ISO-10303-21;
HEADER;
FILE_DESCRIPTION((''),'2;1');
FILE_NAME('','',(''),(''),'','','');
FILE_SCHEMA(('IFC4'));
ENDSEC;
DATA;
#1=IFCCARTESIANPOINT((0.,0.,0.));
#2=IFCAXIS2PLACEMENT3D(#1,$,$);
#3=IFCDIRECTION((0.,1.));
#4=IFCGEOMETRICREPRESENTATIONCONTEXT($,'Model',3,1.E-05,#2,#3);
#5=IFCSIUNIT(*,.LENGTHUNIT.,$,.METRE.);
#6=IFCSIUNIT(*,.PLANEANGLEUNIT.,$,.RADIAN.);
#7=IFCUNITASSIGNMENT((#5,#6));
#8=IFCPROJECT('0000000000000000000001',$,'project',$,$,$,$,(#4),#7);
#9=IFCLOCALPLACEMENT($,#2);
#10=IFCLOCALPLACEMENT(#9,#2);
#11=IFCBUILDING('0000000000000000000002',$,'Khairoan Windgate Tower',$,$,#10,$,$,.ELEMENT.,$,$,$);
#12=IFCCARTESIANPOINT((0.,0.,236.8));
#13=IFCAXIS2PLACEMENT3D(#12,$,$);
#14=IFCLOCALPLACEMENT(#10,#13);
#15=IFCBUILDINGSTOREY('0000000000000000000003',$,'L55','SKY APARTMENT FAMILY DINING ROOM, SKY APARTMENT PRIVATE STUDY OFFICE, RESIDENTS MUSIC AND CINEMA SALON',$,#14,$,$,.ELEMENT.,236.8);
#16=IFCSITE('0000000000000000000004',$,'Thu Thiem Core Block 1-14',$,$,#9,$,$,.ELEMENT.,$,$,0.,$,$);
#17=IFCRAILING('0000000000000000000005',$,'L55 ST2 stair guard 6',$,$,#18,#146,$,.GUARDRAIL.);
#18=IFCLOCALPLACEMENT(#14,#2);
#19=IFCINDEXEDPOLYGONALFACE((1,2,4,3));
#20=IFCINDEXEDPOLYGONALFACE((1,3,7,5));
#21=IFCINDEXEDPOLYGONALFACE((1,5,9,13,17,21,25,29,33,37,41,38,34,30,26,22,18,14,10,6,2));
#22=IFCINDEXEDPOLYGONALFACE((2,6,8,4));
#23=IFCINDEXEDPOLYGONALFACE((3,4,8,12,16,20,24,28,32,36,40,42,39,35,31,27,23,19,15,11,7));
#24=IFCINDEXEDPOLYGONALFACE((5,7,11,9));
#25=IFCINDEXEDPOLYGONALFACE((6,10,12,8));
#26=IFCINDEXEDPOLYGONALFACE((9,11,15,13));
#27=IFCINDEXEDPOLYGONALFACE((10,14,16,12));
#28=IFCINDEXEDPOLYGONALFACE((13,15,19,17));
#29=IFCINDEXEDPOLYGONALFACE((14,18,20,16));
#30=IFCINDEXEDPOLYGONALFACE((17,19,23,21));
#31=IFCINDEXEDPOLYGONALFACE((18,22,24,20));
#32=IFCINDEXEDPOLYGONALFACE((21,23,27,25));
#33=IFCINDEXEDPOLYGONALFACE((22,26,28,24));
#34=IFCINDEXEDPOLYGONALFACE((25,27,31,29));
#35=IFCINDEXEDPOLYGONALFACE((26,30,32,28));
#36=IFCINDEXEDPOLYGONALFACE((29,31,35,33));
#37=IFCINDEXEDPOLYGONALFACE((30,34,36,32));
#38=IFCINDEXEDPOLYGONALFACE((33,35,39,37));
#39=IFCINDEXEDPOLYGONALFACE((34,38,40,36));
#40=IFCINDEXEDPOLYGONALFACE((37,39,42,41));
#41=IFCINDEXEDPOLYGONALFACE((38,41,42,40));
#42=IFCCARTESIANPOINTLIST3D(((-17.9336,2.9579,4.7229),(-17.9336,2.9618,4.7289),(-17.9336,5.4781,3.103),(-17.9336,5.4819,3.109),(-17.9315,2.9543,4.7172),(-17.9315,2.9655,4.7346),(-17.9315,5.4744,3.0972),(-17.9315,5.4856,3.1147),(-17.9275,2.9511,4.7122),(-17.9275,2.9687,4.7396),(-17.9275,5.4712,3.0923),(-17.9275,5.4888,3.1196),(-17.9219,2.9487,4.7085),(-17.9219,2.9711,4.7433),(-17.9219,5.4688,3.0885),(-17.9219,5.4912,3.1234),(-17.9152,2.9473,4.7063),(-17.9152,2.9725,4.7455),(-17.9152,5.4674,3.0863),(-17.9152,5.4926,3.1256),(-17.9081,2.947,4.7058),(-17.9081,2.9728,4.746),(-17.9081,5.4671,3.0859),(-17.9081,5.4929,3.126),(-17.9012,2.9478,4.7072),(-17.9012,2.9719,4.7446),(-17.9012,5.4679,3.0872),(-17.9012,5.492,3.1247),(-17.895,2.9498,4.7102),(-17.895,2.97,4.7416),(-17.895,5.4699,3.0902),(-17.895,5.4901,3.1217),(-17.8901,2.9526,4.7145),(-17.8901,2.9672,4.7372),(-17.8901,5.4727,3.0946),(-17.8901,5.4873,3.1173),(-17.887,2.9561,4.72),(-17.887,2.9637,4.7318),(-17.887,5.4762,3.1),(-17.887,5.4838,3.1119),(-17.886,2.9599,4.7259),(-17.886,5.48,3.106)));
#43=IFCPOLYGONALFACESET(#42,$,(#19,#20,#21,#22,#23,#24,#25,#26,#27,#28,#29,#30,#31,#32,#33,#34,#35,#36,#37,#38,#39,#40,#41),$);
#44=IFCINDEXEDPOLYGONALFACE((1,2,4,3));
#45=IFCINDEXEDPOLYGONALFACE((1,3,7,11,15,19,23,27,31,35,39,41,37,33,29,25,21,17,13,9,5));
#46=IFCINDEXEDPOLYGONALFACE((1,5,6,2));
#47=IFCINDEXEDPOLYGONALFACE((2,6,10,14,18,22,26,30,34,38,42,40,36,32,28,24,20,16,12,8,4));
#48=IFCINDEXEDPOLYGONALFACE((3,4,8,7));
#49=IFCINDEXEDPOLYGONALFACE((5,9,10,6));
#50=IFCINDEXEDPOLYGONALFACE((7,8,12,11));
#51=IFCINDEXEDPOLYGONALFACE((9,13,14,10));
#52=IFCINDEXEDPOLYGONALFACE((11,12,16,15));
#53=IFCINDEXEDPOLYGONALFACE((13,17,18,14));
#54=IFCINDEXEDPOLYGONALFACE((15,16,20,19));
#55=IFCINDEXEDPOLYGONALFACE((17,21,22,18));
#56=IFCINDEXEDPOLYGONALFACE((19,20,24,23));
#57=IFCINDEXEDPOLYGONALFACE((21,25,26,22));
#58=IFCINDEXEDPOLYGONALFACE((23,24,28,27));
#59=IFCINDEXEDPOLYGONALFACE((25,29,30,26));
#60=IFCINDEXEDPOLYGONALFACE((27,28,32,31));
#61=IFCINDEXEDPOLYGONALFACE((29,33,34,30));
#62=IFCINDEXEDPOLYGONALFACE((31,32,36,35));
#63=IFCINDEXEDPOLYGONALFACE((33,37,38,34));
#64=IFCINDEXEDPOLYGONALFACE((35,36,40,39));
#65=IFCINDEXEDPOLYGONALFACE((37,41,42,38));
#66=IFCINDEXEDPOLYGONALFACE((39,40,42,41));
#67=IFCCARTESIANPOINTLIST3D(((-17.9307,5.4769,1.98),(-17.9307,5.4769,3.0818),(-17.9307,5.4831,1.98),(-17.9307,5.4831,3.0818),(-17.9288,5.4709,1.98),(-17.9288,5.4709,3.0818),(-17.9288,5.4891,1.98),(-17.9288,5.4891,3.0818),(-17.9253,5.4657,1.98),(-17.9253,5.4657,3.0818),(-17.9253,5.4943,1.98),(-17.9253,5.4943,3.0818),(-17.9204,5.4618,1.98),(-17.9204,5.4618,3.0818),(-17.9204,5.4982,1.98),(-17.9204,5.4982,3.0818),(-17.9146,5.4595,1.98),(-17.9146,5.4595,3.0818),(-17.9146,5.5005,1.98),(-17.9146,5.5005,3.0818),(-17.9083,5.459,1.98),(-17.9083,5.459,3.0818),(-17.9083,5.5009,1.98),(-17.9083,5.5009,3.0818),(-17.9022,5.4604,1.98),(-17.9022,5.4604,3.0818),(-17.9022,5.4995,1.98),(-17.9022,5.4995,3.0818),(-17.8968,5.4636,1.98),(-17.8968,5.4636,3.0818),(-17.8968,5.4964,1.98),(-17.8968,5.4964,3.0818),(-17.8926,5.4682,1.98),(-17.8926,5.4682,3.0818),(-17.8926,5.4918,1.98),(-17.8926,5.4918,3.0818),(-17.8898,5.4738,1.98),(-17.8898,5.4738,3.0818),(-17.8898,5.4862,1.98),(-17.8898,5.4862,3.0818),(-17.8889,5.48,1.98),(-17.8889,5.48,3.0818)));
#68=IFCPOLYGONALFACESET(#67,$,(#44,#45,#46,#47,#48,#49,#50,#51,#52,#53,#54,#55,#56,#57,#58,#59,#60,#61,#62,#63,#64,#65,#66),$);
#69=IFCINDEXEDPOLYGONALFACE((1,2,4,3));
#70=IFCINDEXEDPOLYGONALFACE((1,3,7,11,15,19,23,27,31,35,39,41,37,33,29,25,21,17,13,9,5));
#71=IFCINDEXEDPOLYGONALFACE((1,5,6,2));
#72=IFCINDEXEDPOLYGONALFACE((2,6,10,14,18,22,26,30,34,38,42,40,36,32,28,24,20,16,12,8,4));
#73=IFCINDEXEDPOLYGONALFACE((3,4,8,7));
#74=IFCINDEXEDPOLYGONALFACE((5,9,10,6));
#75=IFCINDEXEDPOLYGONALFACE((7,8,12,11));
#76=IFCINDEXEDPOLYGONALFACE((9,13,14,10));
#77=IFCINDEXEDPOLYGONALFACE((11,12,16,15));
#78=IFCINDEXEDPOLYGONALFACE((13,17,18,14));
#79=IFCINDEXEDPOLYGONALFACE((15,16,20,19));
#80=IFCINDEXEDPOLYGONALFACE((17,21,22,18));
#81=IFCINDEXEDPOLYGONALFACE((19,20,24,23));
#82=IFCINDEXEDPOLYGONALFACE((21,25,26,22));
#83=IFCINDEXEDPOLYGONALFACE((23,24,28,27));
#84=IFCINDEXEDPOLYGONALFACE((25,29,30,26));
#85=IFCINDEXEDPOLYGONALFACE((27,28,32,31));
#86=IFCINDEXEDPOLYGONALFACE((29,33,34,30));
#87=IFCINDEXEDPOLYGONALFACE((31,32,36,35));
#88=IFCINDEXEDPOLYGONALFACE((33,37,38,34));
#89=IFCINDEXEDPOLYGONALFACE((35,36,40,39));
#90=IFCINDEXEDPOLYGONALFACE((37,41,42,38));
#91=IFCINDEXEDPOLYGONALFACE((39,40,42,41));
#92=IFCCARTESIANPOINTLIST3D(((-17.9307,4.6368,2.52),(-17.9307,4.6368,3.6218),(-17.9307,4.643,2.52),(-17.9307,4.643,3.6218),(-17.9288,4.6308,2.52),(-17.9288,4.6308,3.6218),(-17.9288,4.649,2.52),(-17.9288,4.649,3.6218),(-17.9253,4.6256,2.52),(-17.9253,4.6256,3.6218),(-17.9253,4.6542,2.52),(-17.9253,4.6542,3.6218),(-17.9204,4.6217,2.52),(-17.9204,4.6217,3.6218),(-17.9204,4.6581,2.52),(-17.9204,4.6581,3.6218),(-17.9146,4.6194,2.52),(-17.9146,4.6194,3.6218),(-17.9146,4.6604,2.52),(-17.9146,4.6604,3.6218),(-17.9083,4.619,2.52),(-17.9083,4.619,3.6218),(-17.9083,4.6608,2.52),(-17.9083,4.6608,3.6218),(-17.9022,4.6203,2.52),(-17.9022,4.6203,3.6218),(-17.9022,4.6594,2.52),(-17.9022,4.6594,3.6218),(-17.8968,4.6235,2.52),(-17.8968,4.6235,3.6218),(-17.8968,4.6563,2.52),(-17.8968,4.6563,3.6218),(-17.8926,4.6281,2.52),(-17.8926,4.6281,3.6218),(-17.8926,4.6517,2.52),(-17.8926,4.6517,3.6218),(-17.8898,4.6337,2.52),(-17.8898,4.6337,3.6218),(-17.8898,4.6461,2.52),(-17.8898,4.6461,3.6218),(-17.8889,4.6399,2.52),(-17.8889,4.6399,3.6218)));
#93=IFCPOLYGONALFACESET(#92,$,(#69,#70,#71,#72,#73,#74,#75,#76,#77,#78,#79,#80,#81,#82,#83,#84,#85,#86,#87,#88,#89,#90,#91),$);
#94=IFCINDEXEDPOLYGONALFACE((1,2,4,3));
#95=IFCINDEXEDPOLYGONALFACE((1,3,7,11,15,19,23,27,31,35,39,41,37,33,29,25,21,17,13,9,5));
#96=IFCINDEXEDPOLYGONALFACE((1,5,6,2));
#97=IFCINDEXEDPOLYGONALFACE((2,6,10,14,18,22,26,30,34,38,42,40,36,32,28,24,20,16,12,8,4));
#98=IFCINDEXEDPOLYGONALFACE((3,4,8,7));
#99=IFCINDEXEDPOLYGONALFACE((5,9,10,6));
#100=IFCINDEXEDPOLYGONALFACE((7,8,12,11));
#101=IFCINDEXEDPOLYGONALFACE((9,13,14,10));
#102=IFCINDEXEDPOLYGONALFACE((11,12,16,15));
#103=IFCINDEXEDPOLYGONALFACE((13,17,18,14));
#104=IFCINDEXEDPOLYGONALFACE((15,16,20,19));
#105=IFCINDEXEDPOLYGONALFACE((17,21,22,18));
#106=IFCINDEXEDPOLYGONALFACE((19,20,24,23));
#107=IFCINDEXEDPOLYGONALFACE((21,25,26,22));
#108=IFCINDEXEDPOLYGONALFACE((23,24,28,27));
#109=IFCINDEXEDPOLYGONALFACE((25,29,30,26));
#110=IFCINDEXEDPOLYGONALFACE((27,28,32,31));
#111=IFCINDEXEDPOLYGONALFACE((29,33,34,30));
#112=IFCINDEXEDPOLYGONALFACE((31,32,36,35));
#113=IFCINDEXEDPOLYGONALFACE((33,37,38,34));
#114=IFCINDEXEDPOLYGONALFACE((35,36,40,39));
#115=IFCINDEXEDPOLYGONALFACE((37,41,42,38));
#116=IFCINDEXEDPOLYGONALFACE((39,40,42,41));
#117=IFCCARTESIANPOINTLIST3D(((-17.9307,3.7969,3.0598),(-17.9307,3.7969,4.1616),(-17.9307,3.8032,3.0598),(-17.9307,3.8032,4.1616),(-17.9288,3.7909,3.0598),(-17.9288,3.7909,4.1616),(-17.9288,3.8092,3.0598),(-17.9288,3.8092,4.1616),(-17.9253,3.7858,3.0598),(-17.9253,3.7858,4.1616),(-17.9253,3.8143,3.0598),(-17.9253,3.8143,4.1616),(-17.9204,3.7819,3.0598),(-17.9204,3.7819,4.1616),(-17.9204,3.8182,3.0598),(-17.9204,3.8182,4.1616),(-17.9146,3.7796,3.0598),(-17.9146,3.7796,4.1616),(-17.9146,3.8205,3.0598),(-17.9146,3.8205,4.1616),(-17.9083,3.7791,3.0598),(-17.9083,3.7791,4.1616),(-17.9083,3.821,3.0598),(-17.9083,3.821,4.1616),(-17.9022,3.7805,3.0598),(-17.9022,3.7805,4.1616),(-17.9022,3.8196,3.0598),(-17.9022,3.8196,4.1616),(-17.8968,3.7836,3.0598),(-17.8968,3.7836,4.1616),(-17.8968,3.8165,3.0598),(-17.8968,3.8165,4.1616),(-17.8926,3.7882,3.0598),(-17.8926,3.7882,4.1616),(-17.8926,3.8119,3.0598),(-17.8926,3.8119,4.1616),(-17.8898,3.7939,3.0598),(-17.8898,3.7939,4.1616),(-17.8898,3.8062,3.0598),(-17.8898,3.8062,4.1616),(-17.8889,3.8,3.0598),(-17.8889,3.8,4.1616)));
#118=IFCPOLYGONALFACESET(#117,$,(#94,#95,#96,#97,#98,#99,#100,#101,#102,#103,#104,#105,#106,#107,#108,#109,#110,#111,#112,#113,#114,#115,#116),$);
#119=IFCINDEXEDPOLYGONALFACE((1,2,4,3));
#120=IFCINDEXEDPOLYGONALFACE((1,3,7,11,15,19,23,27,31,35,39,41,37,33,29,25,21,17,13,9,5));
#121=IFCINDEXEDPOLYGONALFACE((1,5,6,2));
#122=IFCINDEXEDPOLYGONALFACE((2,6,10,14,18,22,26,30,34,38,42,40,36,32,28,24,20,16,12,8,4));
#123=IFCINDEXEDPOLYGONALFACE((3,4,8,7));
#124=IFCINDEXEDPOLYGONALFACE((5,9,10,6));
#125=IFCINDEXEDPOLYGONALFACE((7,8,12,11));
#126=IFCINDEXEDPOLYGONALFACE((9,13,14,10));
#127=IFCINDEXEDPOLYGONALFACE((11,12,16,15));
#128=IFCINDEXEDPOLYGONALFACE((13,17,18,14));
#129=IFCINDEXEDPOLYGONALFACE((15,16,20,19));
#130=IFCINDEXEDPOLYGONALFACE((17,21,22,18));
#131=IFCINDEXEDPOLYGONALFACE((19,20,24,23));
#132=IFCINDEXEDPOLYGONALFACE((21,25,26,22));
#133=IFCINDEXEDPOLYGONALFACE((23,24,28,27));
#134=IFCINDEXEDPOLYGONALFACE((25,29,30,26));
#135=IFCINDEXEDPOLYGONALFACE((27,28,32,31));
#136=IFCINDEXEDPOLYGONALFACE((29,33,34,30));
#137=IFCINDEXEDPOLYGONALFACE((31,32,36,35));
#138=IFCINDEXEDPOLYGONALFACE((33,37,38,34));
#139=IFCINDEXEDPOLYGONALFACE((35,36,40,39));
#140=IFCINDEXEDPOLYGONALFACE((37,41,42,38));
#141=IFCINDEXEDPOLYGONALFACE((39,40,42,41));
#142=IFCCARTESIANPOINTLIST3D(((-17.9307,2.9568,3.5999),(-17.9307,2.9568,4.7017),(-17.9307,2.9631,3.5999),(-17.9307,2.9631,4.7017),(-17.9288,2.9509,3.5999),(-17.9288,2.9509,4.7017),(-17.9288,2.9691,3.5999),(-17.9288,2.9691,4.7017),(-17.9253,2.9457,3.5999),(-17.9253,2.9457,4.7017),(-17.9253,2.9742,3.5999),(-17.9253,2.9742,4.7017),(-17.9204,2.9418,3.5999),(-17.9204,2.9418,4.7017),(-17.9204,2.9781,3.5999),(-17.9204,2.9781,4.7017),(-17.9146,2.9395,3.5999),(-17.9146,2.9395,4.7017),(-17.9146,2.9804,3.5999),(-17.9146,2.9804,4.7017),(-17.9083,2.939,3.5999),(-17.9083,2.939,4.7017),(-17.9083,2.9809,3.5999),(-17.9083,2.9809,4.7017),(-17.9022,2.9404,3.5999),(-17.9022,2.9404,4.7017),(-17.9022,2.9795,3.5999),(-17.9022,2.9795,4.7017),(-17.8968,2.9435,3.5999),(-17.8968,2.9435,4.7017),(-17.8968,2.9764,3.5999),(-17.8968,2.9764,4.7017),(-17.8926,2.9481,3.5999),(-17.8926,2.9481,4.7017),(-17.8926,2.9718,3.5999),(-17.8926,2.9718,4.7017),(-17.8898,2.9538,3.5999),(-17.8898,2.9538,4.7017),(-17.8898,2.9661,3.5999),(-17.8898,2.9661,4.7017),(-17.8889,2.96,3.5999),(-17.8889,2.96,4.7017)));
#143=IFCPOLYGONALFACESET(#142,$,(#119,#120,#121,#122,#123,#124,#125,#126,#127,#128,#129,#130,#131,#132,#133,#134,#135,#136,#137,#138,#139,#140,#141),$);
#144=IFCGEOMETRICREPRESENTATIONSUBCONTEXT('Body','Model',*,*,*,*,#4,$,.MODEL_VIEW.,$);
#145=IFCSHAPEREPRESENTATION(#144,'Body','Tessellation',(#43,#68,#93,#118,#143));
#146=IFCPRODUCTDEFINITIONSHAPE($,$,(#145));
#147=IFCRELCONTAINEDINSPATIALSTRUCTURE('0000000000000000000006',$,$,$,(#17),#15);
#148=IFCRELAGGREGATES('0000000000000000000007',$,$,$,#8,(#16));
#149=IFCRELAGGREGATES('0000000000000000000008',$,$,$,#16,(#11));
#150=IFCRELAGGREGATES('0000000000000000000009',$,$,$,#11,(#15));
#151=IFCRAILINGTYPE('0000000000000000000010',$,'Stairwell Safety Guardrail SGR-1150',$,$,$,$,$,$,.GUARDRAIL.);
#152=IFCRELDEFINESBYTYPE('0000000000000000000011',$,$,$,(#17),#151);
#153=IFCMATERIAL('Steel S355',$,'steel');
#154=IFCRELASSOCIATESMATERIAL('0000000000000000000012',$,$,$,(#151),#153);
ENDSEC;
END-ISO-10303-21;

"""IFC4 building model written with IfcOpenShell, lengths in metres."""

from ifc_helpers import new_model, si_unit, direction, frame, origin, origin_2d, place, context, subcontext, project, spatial, circle, extrude, material, type_object, element, save


model = new_model("IFC4")

# Units and contexts
model_context = context("Model", 3, precision=1e-05, world=origin(), true_north=direction((0.0, 1.0)))
body_context = subcontext(model_context, "Body", "Model", "MODEL_VIEW")
ifc_project = project(units=[si_unit("LENGTHUNIT", "METRE"), si_unit("PLANEANGLEUNIT", "RADIAN")], contexts=[model_context])

# Site, building, storey
site_placement = place(None, origin())
site = spatial("IfcSite", under=ifc_project, at=site_placement, Name="Thu Thiem Core Block 1-14", CompositionType="ELEMENT", RefElevation=0.0)
building_placement = place(site_placement, origin())
building = spatial("IfcBuilding", under=site, at=building_placement, Name="Khairoan Windgate Tower", CompositionType="ELEMENT")
storey_placement = place(building_placement, frame((0.0, 0.0, 236.8)))
storey = spatial("IfcBuildingStorey", under=building, at=storey_placement, Name="L55", Description="SKY APARTMENT FAMILY DINING ROOM, SKY APARTMENT PRIVATE STUDY OFFICE, RESIDENTS MUSIC AND CINEMA SALON", CompositionType="ELEMENT", Elevation=236.8)

# Railing
ifc_material_1 = material(Name="Steel S355", Category="steel")
railing_type_1 = type_object("IfcRailingType", Name="Stairwell Safety Guardrail SGR-1150", PredefinedType="GUARDRAIL", material=ifc_material_1)
railing_1_placement = place(storey_placement, frame((-17.9099, 5.48, 1.98)))
element("IfcRailing", 1, at=railing_1_placement, inside=storey, type_object=railing_type_1, Name="L55 ST2 stair guard 6", PredefinedType="GUARDRAIL", context=body_context, shape_type="SweptSolid", body=[
    extrude(circle(Radius=0.0239, at=origin_2d()), frame((0.0, 0.0, 1.126), z_axis=(0.0, -0.8412, 0.540725), x_axis=(1.0, 0.0, 0.0)), (0.0, 0.0, 1.0), 2.9958),
    extrude(circle(Radius=0.021, at=origin_2d()), origin(), (0.0, 0.0, 1.0), 1.1018),
    extrude(circle(Radius=0.021, at=origin_2d()), frame((0.0, -0.8401, 0.54)), (0.0, 0.0, 1.0), 1.1018),
    extrude(circle(Radius=0.021, at=origin_2d()), frame((0.0, -1.6799, 1.0798)), (0.0, 0.0, 1.0), 1.1018),
    extrude(circle(Radius=0.021, at=origin_2d()), frame((0.0, -2.52, 1.6199)), (0.0, 0.0, 1.0), 1.1018),
])

save(model, "model.ifc")
